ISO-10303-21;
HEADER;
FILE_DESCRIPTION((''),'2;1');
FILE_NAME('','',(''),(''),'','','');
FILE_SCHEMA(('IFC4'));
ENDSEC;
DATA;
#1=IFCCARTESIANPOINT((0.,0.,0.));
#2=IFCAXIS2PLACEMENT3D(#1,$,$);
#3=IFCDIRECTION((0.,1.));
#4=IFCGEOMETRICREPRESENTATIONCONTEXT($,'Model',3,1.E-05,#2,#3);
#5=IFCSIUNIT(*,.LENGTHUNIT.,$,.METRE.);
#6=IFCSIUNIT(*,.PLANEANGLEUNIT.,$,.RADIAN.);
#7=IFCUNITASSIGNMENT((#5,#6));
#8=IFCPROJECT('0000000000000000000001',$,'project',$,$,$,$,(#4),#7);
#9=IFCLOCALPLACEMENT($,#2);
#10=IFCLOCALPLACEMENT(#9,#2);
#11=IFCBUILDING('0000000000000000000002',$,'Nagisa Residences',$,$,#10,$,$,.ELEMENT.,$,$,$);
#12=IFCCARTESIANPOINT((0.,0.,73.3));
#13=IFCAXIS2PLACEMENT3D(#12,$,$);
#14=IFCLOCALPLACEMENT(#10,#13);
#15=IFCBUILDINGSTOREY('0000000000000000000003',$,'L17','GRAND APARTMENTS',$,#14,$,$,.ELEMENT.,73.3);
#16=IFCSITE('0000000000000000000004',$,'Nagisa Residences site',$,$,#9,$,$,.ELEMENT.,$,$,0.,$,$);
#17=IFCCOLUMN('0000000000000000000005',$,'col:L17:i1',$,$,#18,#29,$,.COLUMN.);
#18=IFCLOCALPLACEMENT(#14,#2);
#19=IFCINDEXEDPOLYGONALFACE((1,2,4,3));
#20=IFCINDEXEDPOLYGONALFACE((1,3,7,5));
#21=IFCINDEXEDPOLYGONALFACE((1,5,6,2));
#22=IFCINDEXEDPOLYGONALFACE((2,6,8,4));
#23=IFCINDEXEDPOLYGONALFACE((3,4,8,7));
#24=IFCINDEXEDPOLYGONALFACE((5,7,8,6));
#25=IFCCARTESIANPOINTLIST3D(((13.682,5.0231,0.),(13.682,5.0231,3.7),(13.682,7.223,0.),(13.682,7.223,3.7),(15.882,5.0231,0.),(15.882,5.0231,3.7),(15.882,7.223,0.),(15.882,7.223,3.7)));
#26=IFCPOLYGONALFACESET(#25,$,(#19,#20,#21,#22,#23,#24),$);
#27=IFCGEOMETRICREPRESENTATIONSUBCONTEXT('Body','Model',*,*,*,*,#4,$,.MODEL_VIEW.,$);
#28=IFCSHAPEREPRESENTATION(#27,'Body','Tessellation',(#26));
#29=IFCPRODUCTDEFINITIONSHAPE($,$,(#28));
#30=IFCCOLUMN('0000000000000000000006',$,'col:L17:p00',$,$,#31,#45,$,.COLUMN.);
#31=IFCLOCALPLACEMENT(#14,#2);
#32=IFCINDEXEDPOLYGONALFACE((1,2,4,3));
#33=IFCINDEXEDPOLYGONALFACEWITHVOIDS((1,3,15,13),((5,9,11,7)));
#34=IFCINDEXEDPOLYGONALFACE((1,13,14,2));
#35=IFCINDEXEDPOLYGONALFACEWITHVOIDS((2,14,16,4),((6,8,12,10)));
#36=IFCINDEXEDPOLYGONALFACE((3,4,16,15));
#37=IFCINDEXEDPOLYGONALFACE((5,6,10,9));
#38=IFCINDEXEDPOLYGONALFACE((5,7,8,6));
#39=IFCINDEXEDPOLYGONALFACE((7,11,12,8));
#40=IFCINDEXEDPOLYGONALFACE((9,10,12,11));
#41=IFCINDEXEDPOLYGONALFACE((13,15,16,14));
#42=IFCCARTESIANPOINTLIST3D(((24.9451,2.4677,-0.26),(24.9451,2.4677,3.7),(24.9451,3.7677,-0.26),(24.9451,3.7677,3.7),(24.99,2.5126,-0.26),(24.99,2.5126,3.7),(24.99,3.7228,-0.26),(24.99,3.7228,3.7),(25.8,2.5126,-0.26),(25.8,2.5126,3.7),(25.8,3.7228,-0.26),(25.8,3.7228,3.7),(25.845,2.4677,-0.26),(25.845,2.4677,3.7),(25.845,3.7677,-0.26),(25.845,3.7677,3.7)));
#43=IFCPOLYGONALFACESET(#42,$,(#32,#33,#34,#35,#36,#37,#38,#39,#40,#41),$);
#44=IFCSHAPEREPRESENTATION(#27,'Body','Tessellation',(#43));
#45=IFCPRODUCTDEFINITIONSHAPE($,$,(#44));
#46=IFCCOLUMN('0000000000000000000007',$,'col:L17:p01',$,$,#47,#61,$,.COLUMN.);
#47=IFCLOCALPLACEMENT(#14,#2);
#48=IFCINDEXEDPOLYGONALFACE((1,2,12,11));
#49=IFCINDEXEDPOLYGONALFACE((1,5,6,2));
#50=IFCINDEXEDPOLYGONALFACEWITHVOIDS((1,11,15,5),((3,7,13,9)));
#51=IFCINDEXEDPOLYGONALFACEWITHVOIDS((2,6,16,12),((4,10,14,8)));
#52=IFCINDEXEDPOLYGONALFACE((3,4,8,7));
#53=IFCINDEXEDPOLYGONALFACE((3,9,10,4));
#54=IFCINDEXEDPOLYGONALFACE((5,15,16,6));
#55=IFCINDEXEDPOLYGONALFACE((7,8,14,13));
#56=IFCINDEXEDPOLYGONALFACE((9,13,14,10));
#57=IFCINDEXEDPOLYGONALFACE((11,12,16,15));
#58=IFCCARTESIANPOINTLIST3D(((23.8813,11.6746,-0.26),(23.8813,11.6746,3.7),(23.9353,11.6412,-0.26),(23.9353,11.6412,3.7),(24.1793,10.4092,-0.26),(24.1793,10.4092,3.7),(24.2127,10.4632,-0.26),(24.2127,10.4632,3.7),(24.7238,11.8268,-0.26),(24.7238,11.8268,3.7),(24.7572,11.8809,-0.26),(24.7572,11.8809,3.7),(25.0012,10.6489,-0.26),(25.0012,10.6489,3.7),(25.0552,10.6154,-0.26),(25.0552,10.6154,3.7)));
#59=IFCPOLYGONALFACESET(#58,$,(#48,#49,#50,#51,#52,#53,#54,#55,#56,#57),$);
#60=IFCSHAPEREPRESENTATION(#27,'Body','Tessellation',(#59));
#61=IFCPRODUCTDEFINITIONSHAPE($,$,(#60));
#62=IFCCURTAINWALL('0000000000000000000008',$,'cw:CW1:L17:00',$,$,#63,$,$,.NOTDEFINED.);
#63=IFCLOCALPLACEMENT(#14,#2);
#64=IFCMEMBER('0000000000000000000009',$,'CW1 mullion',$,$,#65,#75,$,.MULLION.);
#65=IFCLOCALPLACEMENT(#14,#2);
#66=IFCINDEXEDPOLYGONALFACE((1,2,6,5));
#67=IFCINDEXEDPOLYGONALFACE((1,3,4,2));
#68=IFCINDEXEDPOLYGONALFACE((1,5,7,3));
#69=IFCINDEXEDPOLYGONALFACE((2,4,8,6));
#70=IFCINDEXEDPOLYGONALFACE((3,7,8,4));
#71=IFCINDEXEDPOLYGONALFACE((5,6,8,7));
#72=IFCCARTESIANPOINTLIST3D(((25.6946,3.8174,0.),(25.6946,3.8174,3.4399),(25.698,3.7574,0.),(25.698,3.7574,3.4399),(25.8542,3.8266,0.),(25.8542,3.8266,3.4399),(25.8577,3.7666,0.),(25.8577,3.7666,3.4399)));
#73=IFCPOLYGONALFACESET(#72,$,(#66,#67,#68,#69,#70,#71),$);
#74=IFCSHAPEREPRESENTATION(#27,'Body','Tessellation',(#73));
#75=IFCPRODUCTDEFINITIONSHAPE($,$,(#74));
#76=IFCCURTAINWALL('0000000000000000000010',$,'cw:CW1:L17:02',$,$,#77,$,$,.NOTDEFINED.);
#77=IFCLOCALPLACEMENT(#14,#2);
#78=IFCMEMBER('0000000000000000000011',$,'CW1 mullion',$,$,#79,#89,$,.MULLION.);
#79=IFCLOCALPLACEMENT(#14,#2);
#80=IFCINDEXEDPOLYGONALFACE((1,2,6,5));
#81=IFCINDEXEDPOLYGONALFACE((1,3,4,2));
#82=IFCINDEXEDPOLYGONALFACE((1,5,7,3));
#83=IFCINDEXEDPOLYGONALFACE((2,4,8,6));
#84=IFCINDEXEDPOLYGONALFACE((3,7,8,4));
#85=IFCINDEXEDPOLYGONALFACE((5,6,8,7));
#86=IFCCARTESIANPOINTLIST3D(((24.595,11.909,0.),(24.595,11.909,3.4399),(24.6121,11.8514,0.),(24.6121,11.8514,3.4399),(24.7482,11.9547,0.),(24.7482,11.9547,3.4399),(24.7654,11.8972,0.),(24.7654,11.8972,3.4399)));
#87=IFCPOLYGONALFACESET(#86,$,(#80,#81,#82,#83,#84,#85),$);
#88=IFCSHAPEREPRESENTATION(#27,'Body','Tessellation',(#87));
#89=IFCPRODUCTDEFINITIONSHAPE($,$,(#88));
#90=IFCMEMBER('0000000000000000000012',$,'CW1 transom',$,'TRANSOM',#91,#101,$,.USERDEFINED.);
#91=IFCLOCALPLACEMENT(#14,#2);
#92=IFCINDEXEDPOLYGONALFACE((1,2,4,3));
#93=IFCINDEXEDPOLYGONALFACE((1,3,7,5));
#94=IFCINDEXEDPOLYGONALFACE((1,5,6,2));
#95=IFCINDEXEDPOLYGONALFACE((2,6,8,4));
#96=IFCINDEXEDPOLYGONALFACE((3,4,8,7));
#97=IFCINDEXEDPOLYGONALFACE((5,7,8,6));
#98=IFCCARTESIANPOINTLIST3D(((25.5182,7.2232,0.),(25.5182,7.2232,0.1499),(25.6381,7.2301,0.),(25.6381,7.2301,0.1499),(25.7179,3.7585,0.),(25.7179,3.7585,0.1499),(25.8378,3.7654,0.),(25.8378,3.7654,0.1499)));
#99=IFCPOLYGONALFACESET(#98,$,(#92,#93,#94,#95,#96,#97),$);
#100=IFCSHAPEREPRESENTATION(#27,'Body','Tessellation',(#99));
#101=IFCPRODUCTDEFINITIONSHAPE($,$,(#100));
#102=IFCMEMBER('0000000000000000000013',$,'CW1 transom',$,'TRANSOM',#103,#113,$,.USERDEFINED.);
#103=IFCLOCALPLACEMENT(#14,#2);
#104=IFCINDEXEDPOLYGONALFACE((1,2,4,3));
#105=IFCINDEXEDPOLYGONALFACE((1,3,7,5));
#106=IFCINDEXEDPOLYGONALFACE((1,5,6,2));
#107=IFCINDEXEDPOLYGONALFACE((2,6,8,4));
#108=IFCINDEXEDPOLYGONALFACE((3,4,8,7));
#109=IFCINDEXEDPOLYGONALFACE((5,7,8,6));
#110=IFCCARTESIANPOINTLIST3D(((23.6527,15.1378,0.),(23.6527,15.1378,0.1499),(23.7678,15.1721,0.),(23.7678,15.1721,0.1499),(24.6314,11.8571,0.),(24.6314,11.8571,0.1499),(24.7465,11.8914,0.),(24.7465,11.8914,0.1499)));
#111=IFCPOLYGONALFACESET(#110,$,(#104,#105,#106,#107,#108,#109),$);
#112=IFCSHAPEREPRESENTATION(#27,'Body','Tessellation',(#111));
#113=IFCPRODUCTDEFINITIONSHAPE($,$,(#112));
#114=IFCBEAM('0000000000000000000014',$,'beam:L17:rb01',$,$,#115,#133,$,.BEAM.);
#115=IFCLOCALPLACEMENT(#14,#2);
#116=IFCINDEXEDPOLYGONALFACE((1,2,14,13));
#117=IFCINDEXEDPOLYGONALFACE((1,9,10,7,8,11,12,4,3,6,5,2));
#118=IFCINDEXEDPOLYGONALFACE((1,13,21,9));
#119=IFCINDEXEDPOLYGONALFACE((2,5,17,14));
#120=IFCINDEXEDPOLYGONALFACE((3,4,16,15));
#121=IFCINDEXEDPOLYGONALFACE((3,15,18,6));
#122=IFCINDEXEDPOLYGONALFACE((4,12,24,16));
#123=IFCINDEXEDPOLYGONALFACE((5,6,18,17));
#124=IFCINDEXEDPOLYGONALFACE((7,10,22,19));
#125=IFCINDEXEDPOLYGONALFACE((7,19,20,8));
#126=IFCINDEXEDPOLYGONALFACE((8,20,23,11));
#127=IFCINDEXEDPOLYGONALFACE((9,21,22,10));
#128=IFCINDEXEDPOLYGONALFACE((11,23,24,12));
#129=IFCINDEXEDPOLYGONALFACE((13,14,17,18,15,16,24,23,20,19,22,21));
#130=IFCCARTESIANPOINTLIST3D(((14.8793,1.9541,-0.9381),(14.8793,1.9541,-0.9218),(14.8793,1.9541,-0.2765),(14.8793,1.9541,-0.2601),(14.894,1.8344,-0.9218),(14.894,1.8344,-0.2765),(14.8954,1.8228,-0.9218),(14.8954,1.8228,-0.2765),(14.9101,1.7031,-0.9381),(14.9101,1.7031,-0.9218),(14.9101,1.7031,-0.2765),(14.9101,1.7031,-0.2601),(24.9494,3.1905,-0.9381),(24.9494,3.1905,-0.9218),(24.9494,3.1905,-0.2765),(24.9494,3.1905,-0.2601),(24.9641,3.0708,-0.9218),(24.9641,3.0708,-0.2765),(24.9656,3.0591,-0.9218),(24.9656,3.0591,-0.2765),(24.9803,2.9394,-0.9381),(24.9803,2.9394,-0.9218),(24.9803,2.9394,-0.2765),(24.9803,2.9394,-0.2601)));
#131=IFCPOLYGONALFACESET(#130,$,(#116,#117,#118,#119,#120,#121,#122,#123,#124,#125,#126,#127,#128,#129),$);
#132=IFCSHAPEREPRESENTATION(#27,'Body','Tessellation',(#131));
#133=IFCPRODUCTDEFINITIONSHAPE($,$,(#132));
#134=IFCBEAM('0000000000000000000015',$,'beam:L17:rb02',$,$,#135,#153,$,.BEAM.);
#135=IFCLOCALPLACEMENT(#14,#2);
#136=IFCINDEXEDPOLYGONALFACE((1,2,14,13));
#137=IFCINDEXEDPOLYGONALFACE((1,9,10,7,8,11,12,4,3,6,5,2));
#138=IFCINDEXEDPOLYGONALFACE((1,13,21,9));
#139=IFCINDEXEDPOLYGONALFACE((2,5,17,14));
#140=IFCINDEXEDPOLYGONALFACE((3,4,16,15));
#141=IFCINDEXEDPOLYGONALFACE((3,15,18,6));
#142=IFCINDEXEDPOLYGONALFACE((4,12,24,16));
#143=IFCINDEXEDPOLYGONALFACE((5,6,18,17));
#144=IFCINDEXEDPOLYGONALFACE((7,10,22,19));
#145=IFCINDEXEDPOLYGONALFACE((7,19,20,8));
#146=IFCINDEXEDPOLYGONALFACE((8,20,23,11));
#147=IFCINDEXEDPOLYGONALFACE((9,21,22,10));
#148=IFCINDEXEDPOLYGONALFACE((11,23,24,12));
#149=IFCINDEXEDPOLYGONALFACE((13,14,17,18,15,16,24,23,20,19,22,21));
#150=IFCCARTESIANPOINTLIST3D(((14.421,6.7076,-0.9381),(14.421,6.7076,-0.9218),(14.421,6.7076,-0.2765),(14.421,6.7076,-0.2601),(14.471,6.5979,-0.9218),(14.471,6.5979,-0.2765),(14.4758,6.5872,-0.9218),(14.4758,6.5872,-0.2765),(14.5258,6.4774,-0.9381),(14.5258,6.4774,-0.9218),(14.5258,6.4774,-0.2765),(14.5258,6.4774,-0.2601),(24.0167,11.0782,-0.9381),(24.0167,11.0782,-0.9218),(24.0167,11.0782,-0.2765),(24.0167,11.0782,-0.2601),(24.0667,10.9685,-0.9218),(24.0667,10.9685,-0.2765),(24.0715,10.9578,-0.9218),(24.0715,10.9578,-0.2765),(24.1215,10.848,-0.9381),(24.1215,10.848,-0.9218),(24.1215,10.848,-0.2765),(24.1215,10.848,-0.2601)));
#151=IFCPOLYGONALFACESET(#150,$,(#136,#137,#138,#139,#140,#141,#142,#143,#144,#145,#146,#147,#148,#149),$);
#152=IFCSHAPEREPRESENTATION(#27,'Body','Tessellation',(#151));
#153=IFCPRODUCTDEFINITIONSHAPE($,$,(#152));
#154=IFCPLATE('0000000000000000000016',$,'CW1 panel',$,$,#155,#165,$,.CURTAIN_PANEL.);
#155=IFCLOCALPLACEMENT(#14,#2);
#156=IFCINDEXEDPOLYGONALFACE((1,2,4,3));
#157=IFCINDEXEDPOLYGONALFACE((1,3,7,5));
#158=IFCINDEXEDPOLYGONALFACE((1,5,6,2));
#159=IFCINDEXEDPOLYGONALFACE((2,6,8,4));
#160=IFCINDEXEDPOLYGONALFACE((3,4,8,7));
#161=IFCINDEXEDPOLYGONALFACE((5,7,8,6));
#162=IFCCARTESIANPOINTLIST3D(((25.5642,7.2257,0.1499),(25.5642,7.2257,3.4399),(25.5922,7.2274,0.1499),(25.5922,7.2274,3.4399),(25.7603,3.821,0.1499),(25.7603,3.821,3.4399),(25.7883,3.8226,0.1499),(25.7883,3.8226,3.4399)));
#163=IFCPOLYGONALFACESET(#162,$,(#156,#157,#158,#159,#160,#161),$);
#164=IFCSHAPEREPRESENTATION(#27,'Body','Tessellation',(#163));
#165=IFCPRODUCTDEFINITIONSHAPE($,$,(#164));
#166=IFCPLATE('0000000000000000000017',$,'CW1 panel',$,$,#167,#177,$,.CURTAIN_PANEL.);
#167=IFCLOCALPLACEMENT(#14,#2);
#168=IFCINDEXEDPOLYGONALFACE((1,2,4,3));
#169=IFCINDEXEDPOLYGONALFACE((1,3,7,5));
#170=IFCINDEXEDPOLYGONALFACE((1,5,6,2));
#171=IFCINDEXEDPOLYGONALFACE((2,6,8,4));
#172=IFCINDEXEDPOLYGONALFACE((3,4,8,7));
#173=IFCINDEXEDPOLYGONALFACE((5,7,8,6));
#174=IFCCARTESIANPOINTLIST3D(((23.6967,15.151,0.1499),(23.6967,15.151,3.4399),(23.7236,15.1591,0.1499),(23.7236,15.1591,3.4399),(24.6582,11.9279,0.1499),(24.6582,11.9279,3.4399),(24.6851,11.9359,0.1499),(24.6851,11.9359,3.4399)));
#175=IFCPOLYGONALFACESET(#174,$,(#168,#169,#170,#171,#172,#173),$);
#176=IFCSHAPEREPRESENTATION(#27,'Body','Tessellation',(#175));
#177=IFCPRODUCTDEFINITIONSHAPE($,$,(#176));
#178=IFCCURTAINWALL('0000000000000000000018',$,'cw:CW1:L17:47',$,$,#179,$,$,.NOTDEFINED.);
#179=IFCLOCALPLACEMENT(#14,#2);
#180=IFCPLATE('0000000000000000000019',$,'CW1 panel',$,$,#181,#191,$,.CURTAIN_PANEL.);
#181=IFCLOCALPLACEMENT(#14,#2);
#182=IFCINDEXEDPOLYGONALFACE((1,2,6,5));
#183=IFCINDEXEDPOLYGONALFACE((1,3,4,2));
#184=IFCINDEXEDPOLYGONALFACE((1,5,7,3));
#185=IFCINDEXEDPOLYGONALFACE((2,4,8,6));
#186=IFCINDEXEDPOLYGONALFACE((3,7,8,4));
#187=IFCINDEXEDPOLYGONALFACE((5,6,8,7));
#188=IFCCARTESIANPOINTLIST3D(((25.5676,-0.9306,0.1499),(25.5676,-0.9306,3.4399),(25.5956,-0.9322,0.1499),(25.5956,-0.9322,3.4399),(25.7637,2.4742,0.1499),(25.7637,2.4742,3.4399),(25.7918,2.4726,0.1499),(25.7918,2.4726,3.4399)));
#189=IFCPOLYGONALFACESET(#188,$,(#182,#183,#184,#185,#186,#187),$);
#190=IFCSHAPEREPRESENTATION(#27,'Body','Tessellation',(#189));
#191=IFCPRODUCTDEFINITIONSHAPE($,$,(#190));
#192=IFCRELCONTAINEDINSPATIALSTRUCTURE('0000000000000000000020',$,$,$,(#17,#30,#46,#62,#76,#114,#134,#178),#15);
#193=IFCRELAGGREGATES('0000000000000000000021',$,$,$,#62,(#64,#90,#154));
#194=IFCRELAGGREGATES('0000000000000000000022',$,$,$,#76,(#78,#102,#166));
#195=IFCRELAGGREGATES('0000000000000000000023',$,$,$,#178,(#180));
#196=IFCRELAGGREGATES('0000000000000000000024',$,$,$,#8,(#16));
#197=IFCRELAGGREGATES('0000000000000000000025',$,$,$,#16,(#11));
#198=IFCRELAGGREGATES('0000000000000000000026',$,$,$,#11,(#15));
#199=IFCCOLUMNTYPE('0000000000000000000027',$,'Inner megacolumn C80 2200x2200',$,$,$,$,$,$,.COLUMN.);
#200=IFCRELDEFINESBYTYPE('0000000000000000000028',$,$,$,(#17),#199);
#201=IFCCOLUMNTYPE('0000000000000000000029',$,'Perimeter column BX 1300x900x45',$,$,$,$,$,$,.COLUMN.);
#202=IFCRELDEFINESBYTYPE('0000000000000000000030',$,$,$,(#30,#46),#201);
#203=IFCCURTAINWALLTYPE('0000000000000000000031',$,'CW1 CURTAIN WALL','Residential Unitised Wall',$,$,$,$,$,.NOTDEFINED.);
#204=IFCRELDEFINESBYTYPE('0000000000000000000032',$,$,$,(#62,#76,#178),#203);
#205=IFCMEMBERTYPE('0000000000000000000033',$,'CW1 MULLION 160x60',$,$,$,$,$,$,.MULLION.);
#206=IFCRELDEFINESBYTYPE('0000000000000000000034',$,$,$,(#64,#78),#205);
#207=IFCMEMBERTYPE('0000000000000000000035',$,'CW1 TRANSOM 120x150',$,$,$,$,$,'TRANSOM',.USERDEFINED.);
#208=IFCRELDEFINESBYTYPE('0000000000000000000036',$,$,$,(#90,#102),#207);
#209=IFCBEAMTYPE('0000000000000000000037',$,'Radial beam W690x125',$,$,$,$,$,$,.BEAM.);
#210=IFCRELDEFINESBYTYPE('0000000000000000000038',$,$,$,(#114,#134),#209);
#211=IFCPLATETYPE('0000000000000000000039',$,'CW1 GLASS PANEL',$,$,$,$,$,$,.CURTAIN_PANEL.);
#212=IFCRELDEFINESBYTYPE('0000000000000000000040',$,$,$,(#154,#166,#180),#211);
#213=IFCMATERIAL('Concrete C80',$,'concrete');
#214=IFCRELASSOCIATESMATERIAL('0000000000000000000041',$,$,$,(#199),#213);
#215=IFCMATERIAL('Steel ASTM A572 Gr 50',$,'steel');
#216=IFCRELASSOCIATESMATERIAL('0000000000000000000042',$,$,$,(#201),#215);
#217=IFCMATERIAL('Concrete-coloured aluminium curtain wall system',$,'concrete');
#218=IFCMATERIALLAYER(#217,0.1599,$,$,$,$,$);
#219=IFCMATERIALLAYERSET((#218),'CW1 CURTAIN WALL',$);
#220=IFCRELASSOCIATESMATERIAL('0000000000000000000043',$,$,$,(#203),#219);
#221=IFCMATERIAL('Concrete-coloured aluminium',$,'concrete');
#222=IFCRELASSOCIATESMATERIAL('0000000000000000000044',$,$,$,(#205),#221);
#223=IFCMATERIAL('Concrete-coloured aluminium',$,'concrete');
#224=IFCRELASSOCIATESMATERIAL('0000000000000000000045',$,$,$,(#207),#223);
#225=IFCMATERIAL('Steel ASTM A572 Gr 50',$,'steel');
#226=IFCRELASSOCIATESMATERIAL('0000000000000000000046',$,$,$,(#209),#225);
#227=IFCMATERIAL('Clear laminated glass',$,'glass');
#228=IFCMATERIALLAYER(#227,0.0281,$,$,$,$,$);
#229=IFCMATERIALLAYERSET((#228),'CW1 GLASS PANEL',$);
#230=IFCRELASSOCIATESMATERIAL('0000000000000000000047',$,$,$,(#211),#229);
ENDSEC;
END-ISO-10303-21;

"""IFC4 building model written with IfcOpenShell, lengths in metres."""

from ifc_helpers import new_model, si_unit, direction, frame, origin, origin_2d, place, context, subcontext, project, spatial, rectangle, hollow_rectangle, i_section, extrude, material, layer, layer_set, material_profile, profile_set, type_object, element, aggregate, save


model = new_model("IFC4")

# Units and contexts
model_context = context("Model", 3, precision=1e-05, world=origin(), true_north=direction((0.0, 1.0)))
body_context = subcontext(model_context, "Body", "Model", "MODEL_VIEW")
ifc_project = project(units=[si_unit("LENGTHUNIT", "METRE"), si_unit("PLANEANGLEUNIT", "RADIAN")], contexts=[model_context])

# Site, building, storey
site_placement = place(None, origin())
site = spatial("IfcSite", under=ifc_project, at=site_placement, Name="Nagisa Residences site", CompositionType="ELEMENT", RefElevation=0.0)
building_placement = place(site_placement, origin())
building = spatial("IfcBuilding", under=site, at=building_placement, Name="Nagisa Residences", CompositionType="ELEMENT")
storey_placement = place(building_placement, frame((0.0, 0.0, 73.3)))
storey = spatial("IfcBuildingStorey", under=building, at=storey_placement, Name="L17", Description="GRAND APARTMENTS", CompositionType="ELEMENT", Elevation=73.3)

# Columns
ifc_material_1 = material(Name="Concrete C80", Category="concrete")
ifc_material_profile_1 = material_profile(ifc_material_1, rectangle(XDim=2.2, YDim=2.2, at=origin_2d()), Name="C80 2200x2200")
ifc_profile_set_1 = profile_set([ifc_material_profile_1], Name="Concrete C80")
column_type_1 = type_object("IfcColumnType", Name="Inner megacolumn C80 2200x2200", PredefinedType="COLUMN", material=ifc_profile_set_1)
column_placement = place(storey_placement, frame((14.782, 6.123, 0.0), z_axis=(0.0, 0.0, 1.0), x_axis=(1.0, 0.0, 0.0)))
element("IfcColumn", 1, at=column_placement, inside=storey, type_object=column_type_1, Name="col:L17:i1", PredefinedType="COLUMN", context=body_context, shape_type="SweptSolid", body=[
    extrude(rectangle(XDim=2.2, YDim=2.2, at=origin_2d()), origin(), (0.0, 0.0, 1.0), 3.7),
])
ifc_material_2 = material(Name="Steel ASTM A572 Gr 50", Category="steel")
ifc_material_profile_2 = material_profile(ifc_material_2, hollow_rectangle(XDim=1.3, YDim=0.8999, WallThickness=0.0449, at=origin_2d()), Name="BX 1300x900x45")
ifc_profile_set_2 = profile_set([ifc_material_profile_2], Name="Steel ASTM A572 Gr 50")
column_type_2 = type_object("IfcColumnType", Name="Perimeter column BX 1300x900x45", PredefinedType="COLUMN", material=ifc_profile_set_2)
for number, where, z_axis, x_axis, name in (
    (2, (25.395, 3.1177, -0.26), (0.0, 0.0, 1.0), (0.0, 1.0, 0.0), "col:L17:p00"),
    (3, (24.4683, 11.145, -0.26), (0.0, 0.0, 1.0), (-0.229202, 0.973379, 0.0), "col:L17:p01"),
):
    element("IfcColumn", number, at=place(storey_placement, frame(where, z_axis=z_axis, x_axis=x_axis)), inside=storey, type_object=column_type_2, Name=name, PredefinedType="COLUMN", context=body_context, shape_type="SweptSolid", body=[
        extrude(hollow_rectangle(XDim=1.3, YDim=0.8999, WallThickness=0.0449, at=origin_2d()), origin(), (0.0, 0.0, 1.0), 3.96),
    ])

# Curtain walls, members
ifc_material_3 = material(Name="Concrete-coloured aluminium curtain wall system", Category="concrete")
ifc_layer_1 = layer(ifc_material_3, 0.1599)
ifc_layer_set_1 = layer_set([ifc_layer_1], Name="CW1 CURTAIN WALL")
curtain_wall_type = type_object("IfcCurtainWallType", Name="CW1 CURTAIN WALL", Description="Residential Unitised Wall", PredefinedType="NOTDEFINED", material=ifc_layer_set_1)
curtain_wall_1_placement = place(storey_placement, origin())
curtain_wall_1 = element("IfcCurtainWall", 4, at=curtain_wall_1_placement, inside=storey, type_object=curtain_wall_type, Name="cw:CW1:L17:00", PredefinedType="NOTDEFINED")
ifc_material_4 = material(Name="Concrete-coloured aluminium", Category="concrete")
ifc_material_profile_3 = material_profile(ifc_material_4, rectangle(XDim=0.1599, YDim=0.0601, at=origin_2d()), Name="CW1 MULLION 160x60")
ifc_profile_set_3 = profile_set([ifc_material_profile_3], Name="Concrete-coloured aluminium")
member_type_1 = type_object("IfcMemberType", Name="CW1 MULLION 160x60", PredefinedType="MULLION", material=ifc_profile_set_3)
member_1_placement = place(storey_placement, frame((25.7761, 3.792, 0.0), z_axis=(0.0, 0.0, 1.0), x_axis=(-0.998345, -0.057503, 0.0)))
member_1 = element("IfcMember", 5, at=member_1_placement, type_object=member_type_1, Name="CW1 mullion", PredefinedType="MULLION", context=body_context, shape_type="SweptSolid", body=[
    extrude(rectangle(XDim=0.1599, YDim=0.0601, at=origin_2d()), origin(), (0.0, 0.0, 1.0), 3.4399),
])
curtain_wall_2_placement = place(storey_placement, origin())
curtain_wall_2 = element("IfcCurtainWall", 6, at=curtain_wall_2_placement, inside=storey, type_object=curtain_wall_type, Name="cw:CW1:L17:02", PredefinedType="NOTDEFINED")
member_2_placement = place(storey_placement, frame((24.6802, 11.9031, 0.0), z_axis=(0.0, 0.0, 1.0), x_axis=(-0.958271, -0.28586, 0.0)))
member_2 = element("IfcMember", 7, at=member_2_placement, type_object=member_type_1, Name="CW1 mullion", PredefinedType="MULLION", context=body_context, shape_type="SweptSolid", body=[
    extrude(rectangle(XDim=0.1599, YDim=0.0601, at=origin_2d()), origin(), (0.0, 0.0, 1.0), 3.4399),
])

# Members
ifc_material_5 = material(Name="Concrete-coloured aluminium", Category="concrete")
ifc_material_profile_4 = material_profile(ifc_material_5, rectangle(XDim=0.1201, YDim=0.1499, at=origin_2d()), Name="CW1 TRANSOM 120x150")
ifc_profile_set_4 = profile_set([ifc_material_profile_4], Name="Concrete-coloured aluminium")
member_type_2 = type_object("IfcMemberType", Name="CW1 TRANSOM 120x150", ElementType="TRANSOM", PredefinedType="USERDEFINED", material=ifc_profile_set_4)
member_3_placement = place(storey_placement, frame((25.7778, 3.762, 0.075), z_axis=(-0.057547, 0.998343, 0.0), x_axis=(-0.998343, -0.057547, 0.0)))
member_3 = element("IfcMember", 8, at=member_3_placement, type_object=member_type_2, Name="CW1 transom", ObjectType="TRANSOM", PredefinedType="USERDEFINED", context=body_context, shape_type="SweptSolid", body=[
    extrude(rectangle(XDim=0.1201, YDim=0.1499, at=origin_2d()), origin(), (0.0, 0.0, 1.0), 3.4705),
])
member_4_placement = place(storey_placement, frame((24.689, 11.8743, 0.075), z_axis=(-0.285882, 0.958265, 0.0), x_axis=(-0.958265, -0.285882, 0.0)))
member_4 = element("IfcMember", 9, at=member_4_placement, type_object=member_type_2, Name="CW1 transom", ObjectType="TRANSOM", PredefinedType="USERDEFINED", context=body_context, shape_type="SweptSolid", body=[
    extrude(rectangle(XDim=0.1201, YDim=0.1499, at=origin_2d()), origin(), (0.0, 0.0, 1.0), 3.4236),
])

# Beams
ifc_material_6 = material(Name="Steel ASTM A572 Gr 50", Category="steel")
ifc_material_profile_5 = material_profile(ifc_material_6, i_section(OverallWidth=0.2529, OverallDepth=0.678, WebThickness=0.0117, FlangeThickness=0.0164, at=origin_2d()), Name="W690x125")
ifc_profile_set_5 = profile_set([ifc_material_profile_5], Name="Steel ASTM A572 Gr 50")
beam_type = type_object("IfcBeamType", Name="Radial beam W690x125", PredefinedType="BEAM", material=ifc_profile_set_5)
beam_1_placement = place(storey_placement, frame((24.9648, 3.0649, -0.5991), z_axis=(-0.992548, -0.121858, 0.0), x_axis=(0.121858, -0.992548, 0.0)))
element("IfcBeam", 10, at=beam_1_placement, inside=storey, type_object=beam_type, Name="beam:L17:rb01", PredefinedType="BEAM", context=body_context, shape_type="SweptSolid", body=[
    extrude(i_section(OverallWidth=0.2529, OverallDepth=0.678, WebThickness=0.0117, FlangeThickness=0.0164, at=origin_2d()), origin(), (0.0, 0.0, 1.0), 10.1458),
])
beam_2_placement = place(storey_placement, frame((24.0691, 10.9631, -0.5991), z_axis=(-0.910047, -0.414504, 0.0), x_axis=(0.414504, -0.910047, 0.0)))
element("IfcBeam", 11, at=beam_2_placement, inside=storey, type_object=beam_type, Name="beam:L17:rb02", PredefinedType="BEAM", context=body_context, shape_type="SweptSolid", body=[
    extrude(i_section(OverallWidth=0.2529, OverallDepth=0.678, WebThickness=0.0117, FlangeThickness=0.0164, at=origin_2d()), origin(), (0.0, 0.0, 1.0), 10.5442),
])

# Plates
ifc_material_7 = material(Name="Clear laminated glass", Category="glass")
ifc_layer_2 = layer(ifc_material_7, 0.0281)
ifc_layer_set_2 = layer_set([ifc_layer_2], Name="CW1 GLASS PANEL")
plate_type = type_object("IfcPlateType", Name="CW1 GLASS PANEL", PredefinedType="CURTAIN_PANEL", material=ifc_layer_set_2)
plate_1_placement = place(storey_placement, frame((25.6763, 5.5242, 0.1499), z_axis=(0.0, 0.0, 1.0), x_axis=(-0.057503, 0.998345, 0.0)))
plate_1 = element("IfcPlate", 12, at=plate_1_placement, type_object=plate_type, Name="CW1 panel", PredefinedType="CURTAIN_PANEL", context=body_context, shape_type="SweptSolid", body=[
    extrude(rectangle(XDim=3.4104, YDim=0.0281, at=origin_2d()), origin(), (0.0, 0.0, 1.0), 3.29),
])
aggregate(curtain_wall_1, [member_1, member_3, plate_1])
plate_2_placement = place(storey_placement, frame((24.1909, 13.5435, 0.1499), z_axis=(0.0, 0.0, 1.0), x_axis=(-0.28586, 0.958271, 0.0)))
plate_2 = element("IfcPlate", 13, at=plate_2_placement, type_object=plate_type, Name="CW1 panel", PredefinedType="CURTAIN_PANEL", context=body_context, shape_type="SweptSolid", body=[
    extrude(rectangle(XDim=3.3635, YDim=0.0281, at=origin_2d()), origin(), (0.0, 0.0, 1.0), 3.29),
])
aggregate(curtain_wall_2, [member_2, member_4, plate_2])

# Curtain wall, plate
curtain_wall_3_placement = place(storey_placement, origin())
curtain_wall_3 = element("IfcCurtainWall", 14, at=curtain_wall_3_placement, inside=storey, type_object=curtain_wall_type, Name="cw:CW1:L17:47", PredefinedType="NOTDEFINED")
plate_3_placement = place(storey_placement, frame((25.6797, 0.771, 0.1499), z_axis=(0.0, 0.0, 1.0), x_axis=(0.057503, 0.998345, 0.0)))
plate_3 = element("IfcPlate", 15, at=plate_3_placement, type_object=plate_type, Name="CW1 panel", PredefinedType="CURTAIN_PANEL", context=body_context, shape_type="SweptSolid", body=[
    extrude(rectangle(XDim=3.4104, YDim=0.0281, at=origin_2d()), origin(), (0.0, 0.0, 1.0), 3.29),
])
aggregate(curtain_wall_3, [plate_3])

save(model, "model.ifc")
